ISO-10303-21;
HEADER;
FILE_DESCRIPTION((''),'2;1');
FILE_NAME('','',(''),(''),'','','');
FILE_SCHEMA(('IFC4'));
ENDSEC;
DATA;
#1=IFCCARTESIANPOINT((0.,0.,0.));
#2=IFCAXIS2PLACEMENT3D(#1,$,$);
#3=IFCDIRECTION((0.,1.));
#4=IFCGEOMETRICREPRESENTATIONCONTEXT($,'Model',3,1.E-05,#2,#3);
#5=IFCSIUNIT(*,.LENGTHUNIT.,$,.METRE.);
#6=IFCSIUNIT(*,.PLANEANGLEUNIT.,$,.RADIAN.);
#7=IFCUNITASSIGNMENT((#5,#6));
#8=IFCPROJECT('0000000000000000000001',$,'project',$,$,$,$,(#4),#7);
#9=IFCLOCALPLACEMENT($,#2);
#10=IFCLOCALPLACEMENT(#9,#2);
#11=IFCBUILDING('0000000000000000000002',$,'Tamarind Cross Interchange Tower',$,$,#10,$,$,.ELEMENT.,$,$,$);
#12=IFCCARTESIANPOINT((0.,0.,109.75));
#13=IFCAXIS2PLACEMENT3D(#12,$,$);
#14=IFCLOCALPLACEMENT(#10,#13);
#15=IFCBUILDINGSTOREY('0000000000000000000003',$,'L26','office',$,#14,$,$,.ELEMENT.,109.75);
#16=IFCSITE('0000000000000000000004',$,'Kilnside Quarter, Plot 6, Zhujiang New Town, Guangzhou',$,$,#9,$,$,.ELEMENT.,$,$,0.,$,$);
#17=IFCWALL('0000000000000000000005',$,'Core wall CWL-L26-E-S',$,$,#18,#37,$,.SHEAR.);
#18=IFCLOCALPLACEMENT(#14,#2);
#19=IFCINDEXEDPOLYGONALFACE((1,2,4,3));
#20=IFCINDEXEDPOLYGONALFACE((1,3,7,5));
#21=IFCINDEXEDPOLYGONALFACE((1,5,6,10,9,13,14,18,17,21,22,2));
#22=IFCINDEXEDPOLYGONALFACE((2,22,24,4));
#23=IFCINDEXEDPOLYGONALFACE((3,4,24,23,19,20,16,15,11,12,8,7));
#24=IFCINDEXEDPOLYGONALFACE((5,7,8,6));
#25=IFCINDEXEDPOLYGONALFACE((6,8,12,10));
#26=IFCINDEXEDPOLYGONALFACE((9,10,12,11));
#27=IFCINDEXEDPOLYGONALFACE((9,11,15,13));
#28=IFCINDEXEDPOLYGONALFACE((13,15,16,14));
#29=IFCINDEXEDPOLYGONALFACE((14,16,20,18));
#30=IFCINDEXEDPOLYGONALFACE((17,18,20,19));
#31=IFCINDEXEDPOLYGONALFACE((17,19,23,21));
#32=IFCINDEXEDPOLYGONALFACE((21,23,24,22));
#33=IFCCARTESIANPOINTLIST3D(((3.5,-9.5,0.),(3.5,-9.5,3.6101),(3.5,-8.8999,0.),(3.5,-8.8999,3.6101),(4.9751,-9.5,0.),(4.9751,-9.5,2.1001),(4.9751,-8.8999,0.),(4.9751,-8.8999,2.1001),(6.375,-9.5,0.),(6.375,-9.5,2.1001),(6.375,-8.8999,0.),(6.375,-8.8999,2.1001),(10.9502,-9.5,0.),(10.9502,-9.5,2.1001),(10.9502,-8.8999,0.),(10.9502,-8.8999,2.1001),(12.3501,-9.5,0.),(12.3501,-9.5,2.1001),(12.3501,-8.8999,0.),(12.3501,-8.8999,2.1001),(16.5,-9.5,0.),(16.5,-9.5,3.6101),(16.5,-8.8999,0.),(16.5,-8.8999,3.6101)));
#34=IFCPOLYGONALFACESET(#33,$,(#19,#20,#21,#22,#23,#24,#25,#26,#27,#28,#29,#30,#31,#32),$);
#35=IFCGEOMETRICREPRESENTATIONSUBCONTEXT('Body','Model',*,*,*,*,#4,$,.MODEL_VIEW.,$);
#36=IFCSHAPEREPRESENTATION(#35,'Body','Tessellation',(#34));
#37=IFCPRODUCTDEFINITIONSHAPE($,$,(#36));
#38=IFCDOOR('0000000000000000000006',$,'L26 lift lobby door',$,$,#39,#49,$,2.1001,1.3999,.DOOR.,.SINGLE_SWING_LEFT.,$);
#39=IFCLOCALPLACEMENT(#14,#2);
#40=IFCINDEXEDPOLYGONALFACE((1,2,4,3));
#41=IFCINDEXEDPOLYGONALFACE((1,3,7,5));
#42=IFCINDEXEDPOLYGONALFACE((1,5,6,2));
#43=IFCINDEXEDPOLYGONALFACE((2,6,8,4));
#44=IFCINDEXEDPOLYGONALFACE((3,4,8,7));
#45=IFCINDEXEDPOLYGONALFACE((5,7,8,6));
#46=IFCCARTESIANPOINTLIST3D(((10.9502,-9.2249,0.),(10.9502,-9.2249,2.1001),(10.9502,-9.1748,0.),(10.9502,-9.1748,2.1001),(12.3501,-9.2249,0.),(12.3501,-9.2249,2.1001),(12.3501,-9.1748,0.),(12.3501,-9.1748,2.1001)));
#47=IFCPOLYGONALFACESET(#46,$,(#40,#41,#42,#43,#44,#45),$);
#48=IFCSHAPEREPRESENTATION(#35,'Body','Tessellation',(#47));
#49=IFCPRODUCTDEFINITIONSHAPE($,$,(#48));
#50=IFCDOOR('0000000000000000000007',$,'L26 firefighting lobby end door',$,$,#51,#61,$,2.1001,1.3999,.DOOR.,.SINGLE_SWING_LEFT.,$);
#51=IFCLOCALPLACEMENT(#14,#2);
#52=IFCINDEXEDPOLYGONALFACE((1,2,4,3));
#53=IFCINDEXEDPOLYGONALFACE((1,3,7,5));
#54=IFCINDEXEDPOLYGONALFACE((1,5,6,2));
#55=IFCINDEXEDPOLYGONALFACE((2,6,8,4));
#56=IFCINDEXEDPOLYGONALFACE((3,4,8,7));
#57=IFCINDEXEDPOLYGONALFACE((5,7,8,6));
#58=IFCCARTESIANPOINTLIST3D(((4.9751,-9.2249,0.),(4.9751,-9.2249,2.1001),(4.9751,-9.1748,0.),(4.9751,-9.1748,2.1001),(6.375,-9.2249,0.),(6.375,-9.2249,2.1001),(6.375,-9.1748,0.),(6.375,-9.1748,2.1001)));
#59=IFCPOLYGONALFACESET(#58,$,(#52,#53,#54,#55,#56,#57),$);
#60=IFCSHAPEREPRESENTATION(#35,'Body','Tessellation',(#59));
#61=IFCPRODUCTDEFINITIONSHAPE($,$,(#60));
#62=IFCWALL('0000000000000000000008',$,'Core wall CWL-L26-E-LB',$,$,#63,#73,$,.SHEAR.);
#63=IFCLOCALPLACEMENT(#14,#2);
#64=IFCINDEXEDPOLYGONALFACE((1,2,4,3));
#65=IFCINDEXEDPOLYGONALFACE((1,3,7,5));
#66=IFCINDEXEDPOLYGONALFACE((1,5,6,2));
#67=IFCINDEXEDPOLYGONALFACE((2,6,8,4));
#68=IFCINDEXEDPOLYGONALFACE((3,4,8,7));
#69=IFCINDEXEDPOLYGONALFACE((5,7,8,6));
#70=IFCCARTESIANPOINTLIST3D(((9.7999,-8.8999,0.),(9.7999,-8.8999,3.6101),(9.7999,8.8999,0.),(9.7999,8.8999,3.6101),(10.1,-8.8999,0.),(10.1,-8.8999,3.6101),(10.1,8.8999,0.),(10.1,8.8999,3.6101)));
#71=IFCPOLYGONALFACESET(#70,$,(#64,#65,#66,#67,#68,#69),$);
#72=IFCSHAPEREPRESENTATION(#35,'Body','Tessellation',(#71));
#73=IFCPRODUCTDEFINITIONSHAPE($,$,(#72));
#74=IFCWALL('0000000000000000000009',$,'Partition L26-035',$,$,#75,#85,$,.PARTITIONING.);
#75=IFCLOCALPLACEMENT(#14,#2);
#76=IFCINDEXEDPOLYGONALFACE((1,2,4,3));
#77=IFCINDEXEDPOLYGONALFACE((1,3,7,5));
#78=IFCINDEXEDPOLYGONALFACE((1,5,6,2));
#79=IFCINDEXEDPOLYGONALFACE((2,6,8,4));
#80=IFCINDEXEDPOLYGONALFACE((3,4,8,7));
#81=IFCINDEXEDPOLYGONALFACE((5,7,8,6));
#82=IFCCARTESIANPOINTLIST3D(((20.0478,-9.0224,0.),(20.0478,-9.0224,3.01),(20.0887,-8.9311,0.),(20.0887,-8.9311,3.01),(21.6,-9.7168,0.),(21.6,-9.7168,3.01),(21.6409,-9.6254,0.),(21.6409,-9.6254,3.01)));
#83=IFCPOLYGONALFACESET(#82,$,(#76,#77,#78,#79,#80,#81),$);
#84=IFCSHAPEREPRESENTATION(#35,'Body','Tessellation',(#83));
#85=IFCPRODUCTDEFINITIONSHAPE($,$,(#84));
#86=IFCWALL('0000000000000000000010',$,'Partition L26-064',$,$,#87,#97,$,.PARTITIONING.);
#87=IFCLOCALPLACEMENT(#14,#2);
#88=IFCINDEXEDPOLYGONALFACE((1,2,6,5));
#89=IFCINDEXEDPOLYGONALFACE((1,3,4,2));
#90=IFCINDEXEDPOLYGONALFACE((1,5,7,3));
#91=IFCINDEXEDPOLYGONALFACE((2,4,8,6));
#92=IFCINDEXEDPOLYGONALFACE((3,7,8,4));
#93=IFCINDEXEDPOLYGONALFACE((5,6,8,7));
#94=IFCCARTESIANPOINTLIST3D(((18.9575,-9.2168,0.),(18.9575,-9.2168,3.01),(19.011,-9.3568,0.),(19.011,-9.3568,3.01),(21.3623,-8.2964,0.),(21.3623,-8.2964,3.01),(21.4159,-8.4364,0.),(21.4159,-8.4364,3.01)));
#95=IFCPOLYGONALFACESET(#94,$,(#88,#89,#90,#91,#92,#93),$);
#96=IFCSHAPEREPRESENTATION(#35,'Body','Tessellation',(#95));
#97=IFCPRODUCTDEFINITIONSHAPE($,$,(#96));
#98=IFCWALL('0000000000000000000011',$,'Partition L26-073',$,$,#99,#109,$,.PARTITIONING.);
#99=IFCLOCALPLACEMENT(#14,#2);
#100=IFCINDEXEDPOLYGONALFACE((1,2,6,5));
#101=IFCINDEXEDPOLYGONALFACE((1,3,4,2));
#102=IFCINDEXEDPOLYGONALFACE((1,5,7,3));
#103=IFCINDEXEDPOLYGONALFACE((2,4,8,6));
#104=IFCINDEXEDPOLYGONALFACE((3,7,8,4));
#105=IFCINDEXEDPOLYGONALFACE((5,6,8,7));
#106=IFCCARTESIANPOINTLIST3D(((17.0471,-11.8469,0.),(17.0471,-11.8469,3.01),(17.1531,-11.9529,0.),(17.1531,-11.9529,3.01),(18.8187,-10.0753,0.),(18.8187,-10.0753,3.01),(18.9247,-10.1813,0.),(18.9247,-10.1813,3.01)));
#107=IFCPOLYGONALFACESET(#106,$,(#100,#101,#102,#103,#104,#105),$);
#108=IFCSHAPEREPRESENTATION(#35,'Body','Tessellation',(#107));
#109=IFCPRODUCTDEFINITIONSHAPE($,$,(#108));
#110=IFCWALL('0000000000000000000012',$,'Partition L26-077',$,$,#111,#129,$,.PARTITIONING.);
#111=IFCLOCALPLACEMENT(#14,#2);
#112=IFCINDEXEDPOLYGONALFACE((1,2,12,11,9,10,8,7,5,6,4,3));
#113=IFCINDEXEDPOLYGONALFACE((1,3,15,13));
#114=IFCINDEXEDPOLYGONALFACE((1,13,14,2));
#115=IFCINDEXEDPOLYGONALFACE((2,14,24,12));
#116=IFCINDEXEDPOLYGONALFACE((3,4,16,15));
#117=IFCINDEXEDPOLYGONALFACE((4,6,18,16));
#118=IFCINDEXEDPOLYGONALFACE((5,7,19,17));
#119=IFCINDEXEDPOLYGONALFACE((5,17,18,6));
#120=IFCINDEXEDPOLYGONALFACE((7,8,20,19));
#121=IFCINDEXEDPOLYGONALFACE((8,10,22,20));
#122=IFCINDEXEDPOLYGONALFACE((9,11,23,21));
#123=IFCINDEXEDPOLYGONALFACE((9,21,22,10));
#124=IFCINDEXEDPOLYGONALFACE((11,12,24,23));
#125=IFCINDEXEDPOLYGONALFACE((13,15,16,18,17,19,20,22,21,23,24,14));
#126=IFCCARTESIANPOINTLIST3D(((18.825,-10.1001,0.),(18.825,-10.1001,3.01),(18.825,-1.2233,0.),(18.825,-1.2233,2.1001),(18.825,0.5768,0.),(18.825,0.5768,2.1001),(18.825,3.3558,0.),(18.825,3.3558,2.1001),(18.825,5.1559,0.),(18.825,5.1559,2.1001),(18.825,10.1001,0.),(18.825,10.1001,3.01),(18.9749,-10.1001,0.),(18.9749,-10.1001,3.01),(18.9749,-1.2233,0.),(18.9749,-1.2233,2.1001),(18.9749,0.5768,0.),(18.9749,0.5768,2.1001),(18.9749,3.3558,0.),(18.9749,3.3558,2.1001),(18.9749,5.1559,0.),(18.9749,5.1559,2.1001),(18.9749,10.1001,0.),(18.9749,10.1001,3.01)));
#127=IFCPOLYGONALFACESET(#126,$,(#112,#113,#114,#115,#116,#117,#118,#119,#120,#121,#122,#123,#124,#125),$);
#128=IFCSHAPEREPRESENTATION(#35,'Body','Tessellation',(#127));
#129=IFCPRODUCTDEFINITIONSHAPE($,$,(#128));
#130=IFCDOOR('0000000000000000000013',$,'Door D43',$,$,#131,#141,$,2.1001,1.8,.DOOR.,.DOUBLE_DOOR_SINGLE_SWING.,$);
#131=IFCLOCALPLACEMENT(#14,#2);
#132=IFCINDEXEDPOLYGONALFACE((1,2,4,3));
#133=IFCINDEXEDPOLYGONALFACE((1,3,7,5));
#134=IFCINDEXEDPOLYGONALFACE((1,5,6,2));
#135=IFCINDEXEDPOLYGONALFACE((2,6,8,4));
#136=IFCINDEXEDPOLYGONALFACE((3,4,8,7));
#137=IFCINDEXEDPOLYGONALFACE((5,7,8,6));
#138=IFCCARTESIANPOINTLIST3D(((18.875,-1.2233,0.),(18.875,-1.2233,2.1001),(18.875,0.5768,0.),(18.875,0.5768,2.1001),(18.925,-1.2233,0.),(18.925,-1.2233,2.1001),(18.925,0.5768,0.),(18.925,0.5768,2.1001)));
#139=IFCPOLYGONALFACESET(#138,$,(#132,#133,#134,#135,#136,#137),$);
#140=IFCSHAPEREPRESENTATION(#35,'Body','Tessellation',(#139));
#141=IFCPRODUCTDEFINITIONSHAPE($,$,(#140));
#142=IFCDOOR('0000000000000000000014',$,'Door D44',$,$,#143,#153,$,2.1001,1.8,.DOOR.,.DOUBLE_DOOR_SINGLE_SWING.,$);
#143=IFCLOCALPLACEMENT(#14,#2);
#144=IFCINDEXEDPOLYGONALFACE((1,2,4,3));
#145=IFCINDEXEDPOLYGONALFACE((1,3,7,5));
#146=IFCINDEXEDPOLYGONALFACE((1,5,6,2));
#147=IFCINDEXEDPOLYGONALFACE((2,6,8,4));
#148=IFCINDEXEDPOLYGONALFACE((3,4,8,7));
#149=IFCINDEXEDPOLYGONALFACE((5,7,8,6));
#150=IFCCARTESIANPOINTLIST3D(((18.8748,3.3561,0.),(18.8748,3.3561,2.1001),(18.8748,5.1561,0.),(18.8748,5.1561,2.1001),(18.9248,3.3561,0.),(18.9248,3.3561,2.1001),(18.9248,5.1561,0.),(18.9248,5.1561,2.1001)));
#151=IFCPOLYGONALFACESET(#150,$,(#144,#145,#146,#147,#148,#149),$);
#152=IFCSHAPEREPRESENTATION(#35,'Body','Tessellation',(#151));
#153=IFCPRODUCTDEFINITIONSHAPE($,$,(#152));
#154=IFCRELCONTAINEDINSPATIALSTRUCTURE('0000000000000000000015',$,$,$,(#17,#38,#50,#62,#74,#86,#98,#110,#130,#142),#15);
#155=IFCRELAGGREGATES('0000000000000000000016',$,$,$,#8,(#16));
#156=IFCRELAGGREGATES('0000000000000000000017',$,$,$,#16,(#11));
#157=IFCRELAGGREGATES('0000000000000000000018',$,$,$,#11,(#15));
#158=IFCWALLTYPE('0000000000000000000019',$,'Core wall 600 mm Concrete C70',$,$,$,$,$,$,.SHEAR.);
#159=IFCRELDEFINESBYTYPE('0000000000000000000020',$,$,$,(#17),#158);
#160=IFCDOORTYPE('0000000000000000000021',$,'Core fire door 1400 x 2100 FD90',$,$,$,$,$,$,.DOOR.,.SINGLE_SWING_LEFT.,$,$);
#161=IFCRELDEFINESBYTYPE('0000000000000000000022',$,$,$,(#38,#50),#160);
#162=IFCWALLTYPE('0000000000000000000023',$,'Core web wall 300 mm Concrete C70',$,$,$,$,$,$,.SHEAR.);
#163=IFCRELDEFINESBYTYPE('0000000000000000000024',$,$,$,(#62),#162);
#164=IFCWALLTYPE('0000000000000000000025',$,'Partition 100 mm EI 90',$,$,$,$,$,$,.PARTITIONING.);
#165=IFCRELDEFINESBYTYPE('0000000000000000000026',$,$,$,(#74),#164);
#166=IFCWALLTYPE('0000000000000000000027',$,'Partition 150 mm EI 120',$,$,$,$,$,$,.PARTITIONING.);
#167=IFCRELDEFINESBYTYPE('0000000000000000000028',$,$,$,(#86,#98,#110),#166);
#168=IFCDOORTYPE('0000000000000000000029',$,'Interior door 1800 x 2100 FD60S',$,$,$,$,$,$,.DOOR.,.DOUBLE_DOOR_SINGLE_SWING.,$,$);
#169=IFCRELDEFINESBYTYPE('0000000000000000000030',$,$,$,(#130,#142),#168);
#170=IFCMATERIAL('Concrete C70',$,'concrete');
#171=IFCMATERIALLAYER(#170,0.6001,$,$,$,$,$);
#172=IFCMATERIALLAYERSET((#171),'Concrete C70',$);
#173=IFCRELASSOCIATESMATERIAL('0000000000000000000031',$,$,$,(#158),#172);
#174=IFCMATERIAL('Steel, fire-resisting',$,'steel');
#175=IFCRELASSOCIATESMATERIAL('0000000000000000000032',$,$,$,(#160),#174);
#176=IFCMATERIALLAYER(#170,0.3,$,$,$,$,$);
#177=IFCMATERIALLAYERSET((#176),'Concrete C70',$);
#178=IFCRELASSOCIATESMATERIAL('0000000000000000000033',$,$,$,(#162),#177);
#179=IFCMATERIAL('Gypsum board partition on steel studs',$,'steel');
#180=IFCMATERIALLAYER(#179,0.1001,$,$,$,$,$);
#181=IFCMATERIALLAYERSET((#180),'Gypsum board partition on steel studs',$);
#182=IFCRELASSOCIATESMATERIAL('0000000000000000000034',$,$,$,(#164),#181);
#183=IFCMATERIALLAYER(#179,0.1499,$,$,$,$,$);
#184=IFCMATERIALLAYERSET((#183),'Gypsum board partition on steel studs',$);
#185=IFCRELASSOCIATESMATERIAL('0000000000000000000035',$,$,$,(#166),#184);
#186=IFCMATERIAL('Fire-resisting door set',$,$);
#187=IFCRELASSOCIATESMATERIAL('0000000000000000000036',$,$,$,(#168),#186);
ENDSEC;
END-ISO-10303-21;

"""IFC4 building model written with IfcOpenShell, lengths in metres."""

from ifc_helpers import new_model, si_unit, direction, frame, frame_2d, origin, place, context, subcontext, project, spatial, rectangle, extrude, material, layer, layer_set, type_object, element, fill, save


model = new_model("IFC4")

# Units and contexts
model_context = context("Model", 3, precision=1e-05, world=origin(), true_north=direction((0.0, 1.0)))
body_context = subcontext(model_context, "Body", "Model", "MODEL_VIEW")
ifc_project = project(units=[si_unit("LENGTHUNIT", "METRE"), si_unit("PLANEANGLEUNIT", "RADIAN")], contexts=[model_context])

# Site, building, storey
site_placement = place(None, origin())
site = spatial("IfcSite", under=ifc_project, at=site_placement, Name="Kilnside Quarter, Plot 6, Zhujiang New Town, Guangzhou", CompositionType="ELEMENT", RefElevation=0.0)
building_placement = place(site_placement, origin())
building = spatial("IfcBuilding", under=site, at=building_placement, Name="Tamarind Cross Interchange Tower", CompositionType="ELEMENT")
storey_placement = place(building_placement, frame((0.0, 0.0, 109.75)))
storey = spatial("IfcBuildingStorey", under=building, at=storey_placement, Name="L26", Description="office", CompositionType="ELEMENT", Elevation=109.75)

# Wall, openings, doors
ifc_material_1 = material(Name="Concrete C70", Category="concrete")
ifc_layer_1 = layer(ifc_material_1, 0.6001)
ifc_layer_set_1 = layer_set([ifc_layer_1], Name="Concrete C70")
wall_type_1 = type_object("IfcWallType", Name="Core wall 600 mm Concrete C70", PredefinedType="SHEAR", material=ifc_layer_set_1)
wall_1_placement = place(storey_placement, frame((16.5, -9.2, 0.0), z_axis=(0.0, 0.0, 1.0), x_axis=(-1.0, 0.0, 0.0)))
wall_1 = element("IfcWall", 1, at=wall_1_placement, inside=storey, type_object=wall_type_1, Name="Core wall CWL-L26-E-S", PredefinedType="SHEAR", context=body_context, shape_type="SweptSolid", body=[
    extrude(rectangle(XDim=13.0, YDim=0.6001, at=frame_2d((6.5, 0.0))), origin(), (0.0, 0.0, 1.0), 3.6101),
])
opening_1_placement = place(wall_1_placement, frame((4.1499, 0.0, 0.0)))
opening_1 = element("IfcOpeningElement", 2, at=opening_1_placement, cuts=wall_1, PredefinedType="OPENING", context=body_context, shape_type="SweptSolid", body=[
    extrude(rectangle(XDim=1.3999, YDim=2.1001, at=frame_2d((0.7, 1.05))), frame((0.0, 0.3101, 0.0), z_axis=(0.0, -1.0, 0.0), x_axis=(1.0, 0.0, 0.0)), (0.0, 0.0, 1.0), 0.6201),
])
opening_2_placement = place(wall_1_placement, frame((10.125, 0.0, 0.0)))
opening_2 = element("IfcOpeningElement", 3, at=opening_2_placement, cuts=wall_1, PredefinedType="OPENING", context=body_context, shape_type="SweptSolid", body=[
    extrude(rectangle(XDim=1.3999, YDim=2.1001, at=frame_2d((0.7, 1.05))), frame((0.0, 0.3101, 0.0), z_axis=(0.0, -1.0, 0.0), x_axis=(1.0, 0.0, 0.0)), (0.0, 0.0, 1.0), 0.6201),
])
ifc_material_2 = material(Name="Steel, fire-resisting", Category="steel")
door_type_1 = type_object("IfcDoorType", Name="Core fire door 1400 x 2100 FD90", OperationType="SINGLE_SWING_LEFT", PredefinedType="DOOR", material=ifc_material_2)
door_1_placement = place(opening_1_placement, origin())
door_1 = element("IfcDoor", 4, at=door_1_placement, inside=storey, type_object=door_type_1, Name="L26 lift lobby door", OperationType="SINGLE_SWING_LEFT", OverallHeight=2.1001, OverallWidth=1.3999, PredefinedType="DOOR", context=body_context, shape_type="SweptSolid", body=[
    extrude(rectangle(XDim=1.3999, YDim=2.1001, at=frame_2d((0.7, 1.05))), frame((0.0, 0.0249, 0.0), z_axis=(0.0, -1.0, 0.0), x_axis=(1.0, 0.0, 0.0)), (0.0, 0.0, 1.0), 0.05),
])
fill(opening_1, door_1)
door_2_placement = place(opening_2_placement, origin())
door_2 = element("IfcDoor", 5, at=door_2_placement, inside=storey, type_object=door_type_1, Name="L26 firefighting lobby end door", OperationType="SINGLE_SWING_LEFT", OverallHeight=2.1001, OverallWidth=1.3999, PredefinedType="DOOR", context=body_context, shape_type="SweptSolid", body=[
    extrude(rectangle(XDim=1.3999, YDim=2.1001, at=frame_2d((0.7, 1.05))), frame((0.0, 0.0249, 0.0), z_axis=(0.0, -1.0, 0.0), x_axis=(1.0, 0.0, 0.0)), (0.0, 0.0, 1.0), 0.05),
])
fill(opening_2, door_2)

# Walls
ifc_layer_2 = layer(ifc_material_1, 0.3)
ifc_layer_set_2 = layer_set([ifc_layer_2], Name="Concrete C70")
wall_type_2 = type_object("IfcWallType", Name="Core web wall 300 mm Concrete C70", PredefinedType="SHEAR", material=ifc_layer_set_2)
wall_2_placement = place(storey_placement, frame((9.95, -8.8999, 0.0), z_axis=(0.0, 0.0, 1.0), x_axis=(0.0, 1.0, 0.0)))
element("IfcWall", 6, at=wall_2_placement, inside=storey, type_object=wall_type_2, Name="Core wall CWL-L26-E-LB", PredefinedType="SHEAR", context=body_context, shape_type="SweptSolid", body=[
    extrude(rectangle(XDim=17.7998, YDim=0.3, at=frame_2d((8.8999, 0.0))), origin(), (0.0, 0.0, 1.0), 3.6101),
])
ifc_material_3 = material(Name="Gypsum board partition on steel studs", Category="steel")
ifc_layer_3 = layer(ifc_material_3, 0.1001)
ifc_layer_set_3 = layer_set([ifc_layer_3], Name="Gypsum board partition on steel studs")
wall_type_3 = type_object("IfcWallType", Name="Partition 100 mm EI 90", PredefinedType="PARTITIONING", material=ifc_layer_set_3)
wall_3_placement = place(storey_placement, frame((20.0684, -8.9768, 0.0), z_axis=(0.0, 0.0, 1.0), x_axis=(0.912838, -0.408322, 0.0)))
element("IfcWall", 7, at=wall_3_placement, inside=storey, type_object=wall_type_3, Name="Partition L26-035", PredefinedType="PARTITIONING", context=body_context, shape_type="SweptSolid", body=[
    extrude(rectangle(XDim=1.7004, YDim=0.1001, at=frame_2d((0.8501, 0.0))), origin(), (0.0, 0.0, 1.0), 3.01),
])
ifc_layer_4 = layer(ifc_material_3, 0.1499)
ifc_layer_set_4 = layer_set([ifc_layer_4], Name="Gypsum board partition on steel studs")
wall_type_4 = type_object("IfcWallType", Name="Partition 150 mm EI 120", PredefinedType="PARTITIONING", material=ifc_layer_set_4)
wall_4_placement = place(storey_placement, frame((18.9841, -9.2869, 0.0), z_axis=(0.0, 0.0, 1.0), x_axis=(0.933931, 0.357454, 0.0)))
element("IfcWall", 8, at=wall_4_placement, inside=storey, type_object=wall_type_4, Name="Partition L26-064", PredefinedType="PARTITIONING", context=body_context, shape_type="SweptSolid", body=[
    extrude(rectangle(XDim=2.575, YDim=0.1499, at=frame_2d((1.2876, 0.0))), origin(), (0.0, 0.0, 1.0), 3.01),
])
wall_5_placement = place(storey_placement, frame((17.1001, -11.8999, 0.0), z_axis=(0.0, 0.0, 1.0), x_axis=(0.707107, 0.707107, 0.0)))
element("IfcWall", 9, at=wall_5_placement, inside=storey, type_object=wall_type_4, Name="Partition L26-073", PredefinedType="PARTITIONING", context=body_context, shape_type="SweptSolid", body=[
    extrude(rectangle(XDim=2.5054, YDim=0.1499, at=frame_2d((1.2527, 0.0))), origin(), (0.0, 0.0, 1.0), 3.01),
])

# Wall, openings, doors
wall_6_placement = place(storey_placement, frame((18.8999, -10.1001, 0.0), z_axis=(0.0, 0.0, 1.0), x_axis=(0.0, 1.0, 0.0)))
wall_6 = element("IfcWall", 10, at=wall_6_placement, inside=storey, type_object=wall_type_4, Name="Partition L26-077", PredefinedType="PARTITIONING", context=body_context, shape_type="SweptSolid", body=[
    extrude(rectangle(XDim=20.2002, YDim=0.1499, at=frame_2d((10.1001, 0.0))), origin(), (0.0, 0.0, 1.0), 3.01),
])
opening_3_placement = place(wall_6_placement, frame((8.877, 0.0, 0.0)))
opening_3 = element("IfcOpeningElement", 11, at=opening_3_placement, cuts=wall_6, PredefinedType="OPENING", context=body_context, shape_type="SweptSolid", body=[
    extrude(rectangle(XDim=1.8, YDim=2.1001, at=frame_2d((0.8999, 1.05))), frame((0.0, 0.085, 0.0), z_axis=(0.0, -1.0, 0.0), x_axis=(1.0, 0.0, 0.0)), (0.0, 0.0, 1.0), 0.1699),
])
opening_4_placement = place(wall_6_placement, frame((13.4561, 0.0, 0.0)))
opening_4 = element("IfcOpeningElement", 12, at=opening_4_placement, cuts=wall_6, PredefinedType="OPENING", context=body_context, shape_type="SweptSolid", body=[
    extrude(rectangle(XDim=1.8, YDim=2.1001, at=frame_2d((0.8999, 1.05))), frame((0.0, 0.085, 0.0), z_axis=(0.0, -1.0, 0.0), x_axis=(1.0, 0.0, 0.0)), (0.0, 0.0, 1.0), 0.1699),
])
ifc_material_4 = material(Name="Fire-resisting door set")
door_type_2 = type_object("IfcDoorType", Name="Interior door 1800 x 2100 FD60S", OperationType="DOUBLE_DOOR_SINGLE_SWING", PredefinedType="DOOR", material=ifc_material_4)
door_3_placement = place(opening_3_placement, origin())
door_3 = element("IfcDoor", 13, at=door_3_placement, inside=storey, type_object=door_type_2, Name="Door D43", OperationType="DOUBLE_DOOR_SINGLE_SWING", OverallHeight=2.1001, OverallWidth=1.8, PredefinedType="DOOR", context=body_context, shape_type="SweptSolid", body=[
    extrude(rectangle(XDim=1.8, YDim=2.1001, at=frame_2d((0.8999, 1.05))), frame((0.0, 0.0249, 0.0), z_axis=(0.0, -1.0, 0.0), x_axis=(1.0, 0.0, 0.0)), (0.0, 0.0, 1.0), 0.05),
])
fill(opening_3, door_3)
door_4_placement = place(opening_4_placement, frame((1.8, 0.0, 0.0), z_axis=(0.0, 0.0, 1.0), x_axis=(-1.0, 0.0, 0.0)))
door_4 = element("IfcDoor", 14, at=door_4_placement, inside=storey, type_object=door_type_2, Name="Door D44", OperationType="DOUBLE_DOOR_SINGLE_SWING", OverallHeight=2.1001, OverallWidth=1.8, PredefinedType="DOOR", context=body_context, shape_type="SweptSolid", body=[
    extrude(rectangle(XDim=1.8, YDim=2.1001, at=frame_2d((0.8999, 1.05))), frame((0.0, 0.0249, 0.0), z_axis=(0.0, -1.0, 0.0), x_axis=(1.0, 0.0, 0.0)), (0.0, 0.0, 1.0), 0.05),
])
fill(opening_4, door_4)

save(model, "model.ifc")
